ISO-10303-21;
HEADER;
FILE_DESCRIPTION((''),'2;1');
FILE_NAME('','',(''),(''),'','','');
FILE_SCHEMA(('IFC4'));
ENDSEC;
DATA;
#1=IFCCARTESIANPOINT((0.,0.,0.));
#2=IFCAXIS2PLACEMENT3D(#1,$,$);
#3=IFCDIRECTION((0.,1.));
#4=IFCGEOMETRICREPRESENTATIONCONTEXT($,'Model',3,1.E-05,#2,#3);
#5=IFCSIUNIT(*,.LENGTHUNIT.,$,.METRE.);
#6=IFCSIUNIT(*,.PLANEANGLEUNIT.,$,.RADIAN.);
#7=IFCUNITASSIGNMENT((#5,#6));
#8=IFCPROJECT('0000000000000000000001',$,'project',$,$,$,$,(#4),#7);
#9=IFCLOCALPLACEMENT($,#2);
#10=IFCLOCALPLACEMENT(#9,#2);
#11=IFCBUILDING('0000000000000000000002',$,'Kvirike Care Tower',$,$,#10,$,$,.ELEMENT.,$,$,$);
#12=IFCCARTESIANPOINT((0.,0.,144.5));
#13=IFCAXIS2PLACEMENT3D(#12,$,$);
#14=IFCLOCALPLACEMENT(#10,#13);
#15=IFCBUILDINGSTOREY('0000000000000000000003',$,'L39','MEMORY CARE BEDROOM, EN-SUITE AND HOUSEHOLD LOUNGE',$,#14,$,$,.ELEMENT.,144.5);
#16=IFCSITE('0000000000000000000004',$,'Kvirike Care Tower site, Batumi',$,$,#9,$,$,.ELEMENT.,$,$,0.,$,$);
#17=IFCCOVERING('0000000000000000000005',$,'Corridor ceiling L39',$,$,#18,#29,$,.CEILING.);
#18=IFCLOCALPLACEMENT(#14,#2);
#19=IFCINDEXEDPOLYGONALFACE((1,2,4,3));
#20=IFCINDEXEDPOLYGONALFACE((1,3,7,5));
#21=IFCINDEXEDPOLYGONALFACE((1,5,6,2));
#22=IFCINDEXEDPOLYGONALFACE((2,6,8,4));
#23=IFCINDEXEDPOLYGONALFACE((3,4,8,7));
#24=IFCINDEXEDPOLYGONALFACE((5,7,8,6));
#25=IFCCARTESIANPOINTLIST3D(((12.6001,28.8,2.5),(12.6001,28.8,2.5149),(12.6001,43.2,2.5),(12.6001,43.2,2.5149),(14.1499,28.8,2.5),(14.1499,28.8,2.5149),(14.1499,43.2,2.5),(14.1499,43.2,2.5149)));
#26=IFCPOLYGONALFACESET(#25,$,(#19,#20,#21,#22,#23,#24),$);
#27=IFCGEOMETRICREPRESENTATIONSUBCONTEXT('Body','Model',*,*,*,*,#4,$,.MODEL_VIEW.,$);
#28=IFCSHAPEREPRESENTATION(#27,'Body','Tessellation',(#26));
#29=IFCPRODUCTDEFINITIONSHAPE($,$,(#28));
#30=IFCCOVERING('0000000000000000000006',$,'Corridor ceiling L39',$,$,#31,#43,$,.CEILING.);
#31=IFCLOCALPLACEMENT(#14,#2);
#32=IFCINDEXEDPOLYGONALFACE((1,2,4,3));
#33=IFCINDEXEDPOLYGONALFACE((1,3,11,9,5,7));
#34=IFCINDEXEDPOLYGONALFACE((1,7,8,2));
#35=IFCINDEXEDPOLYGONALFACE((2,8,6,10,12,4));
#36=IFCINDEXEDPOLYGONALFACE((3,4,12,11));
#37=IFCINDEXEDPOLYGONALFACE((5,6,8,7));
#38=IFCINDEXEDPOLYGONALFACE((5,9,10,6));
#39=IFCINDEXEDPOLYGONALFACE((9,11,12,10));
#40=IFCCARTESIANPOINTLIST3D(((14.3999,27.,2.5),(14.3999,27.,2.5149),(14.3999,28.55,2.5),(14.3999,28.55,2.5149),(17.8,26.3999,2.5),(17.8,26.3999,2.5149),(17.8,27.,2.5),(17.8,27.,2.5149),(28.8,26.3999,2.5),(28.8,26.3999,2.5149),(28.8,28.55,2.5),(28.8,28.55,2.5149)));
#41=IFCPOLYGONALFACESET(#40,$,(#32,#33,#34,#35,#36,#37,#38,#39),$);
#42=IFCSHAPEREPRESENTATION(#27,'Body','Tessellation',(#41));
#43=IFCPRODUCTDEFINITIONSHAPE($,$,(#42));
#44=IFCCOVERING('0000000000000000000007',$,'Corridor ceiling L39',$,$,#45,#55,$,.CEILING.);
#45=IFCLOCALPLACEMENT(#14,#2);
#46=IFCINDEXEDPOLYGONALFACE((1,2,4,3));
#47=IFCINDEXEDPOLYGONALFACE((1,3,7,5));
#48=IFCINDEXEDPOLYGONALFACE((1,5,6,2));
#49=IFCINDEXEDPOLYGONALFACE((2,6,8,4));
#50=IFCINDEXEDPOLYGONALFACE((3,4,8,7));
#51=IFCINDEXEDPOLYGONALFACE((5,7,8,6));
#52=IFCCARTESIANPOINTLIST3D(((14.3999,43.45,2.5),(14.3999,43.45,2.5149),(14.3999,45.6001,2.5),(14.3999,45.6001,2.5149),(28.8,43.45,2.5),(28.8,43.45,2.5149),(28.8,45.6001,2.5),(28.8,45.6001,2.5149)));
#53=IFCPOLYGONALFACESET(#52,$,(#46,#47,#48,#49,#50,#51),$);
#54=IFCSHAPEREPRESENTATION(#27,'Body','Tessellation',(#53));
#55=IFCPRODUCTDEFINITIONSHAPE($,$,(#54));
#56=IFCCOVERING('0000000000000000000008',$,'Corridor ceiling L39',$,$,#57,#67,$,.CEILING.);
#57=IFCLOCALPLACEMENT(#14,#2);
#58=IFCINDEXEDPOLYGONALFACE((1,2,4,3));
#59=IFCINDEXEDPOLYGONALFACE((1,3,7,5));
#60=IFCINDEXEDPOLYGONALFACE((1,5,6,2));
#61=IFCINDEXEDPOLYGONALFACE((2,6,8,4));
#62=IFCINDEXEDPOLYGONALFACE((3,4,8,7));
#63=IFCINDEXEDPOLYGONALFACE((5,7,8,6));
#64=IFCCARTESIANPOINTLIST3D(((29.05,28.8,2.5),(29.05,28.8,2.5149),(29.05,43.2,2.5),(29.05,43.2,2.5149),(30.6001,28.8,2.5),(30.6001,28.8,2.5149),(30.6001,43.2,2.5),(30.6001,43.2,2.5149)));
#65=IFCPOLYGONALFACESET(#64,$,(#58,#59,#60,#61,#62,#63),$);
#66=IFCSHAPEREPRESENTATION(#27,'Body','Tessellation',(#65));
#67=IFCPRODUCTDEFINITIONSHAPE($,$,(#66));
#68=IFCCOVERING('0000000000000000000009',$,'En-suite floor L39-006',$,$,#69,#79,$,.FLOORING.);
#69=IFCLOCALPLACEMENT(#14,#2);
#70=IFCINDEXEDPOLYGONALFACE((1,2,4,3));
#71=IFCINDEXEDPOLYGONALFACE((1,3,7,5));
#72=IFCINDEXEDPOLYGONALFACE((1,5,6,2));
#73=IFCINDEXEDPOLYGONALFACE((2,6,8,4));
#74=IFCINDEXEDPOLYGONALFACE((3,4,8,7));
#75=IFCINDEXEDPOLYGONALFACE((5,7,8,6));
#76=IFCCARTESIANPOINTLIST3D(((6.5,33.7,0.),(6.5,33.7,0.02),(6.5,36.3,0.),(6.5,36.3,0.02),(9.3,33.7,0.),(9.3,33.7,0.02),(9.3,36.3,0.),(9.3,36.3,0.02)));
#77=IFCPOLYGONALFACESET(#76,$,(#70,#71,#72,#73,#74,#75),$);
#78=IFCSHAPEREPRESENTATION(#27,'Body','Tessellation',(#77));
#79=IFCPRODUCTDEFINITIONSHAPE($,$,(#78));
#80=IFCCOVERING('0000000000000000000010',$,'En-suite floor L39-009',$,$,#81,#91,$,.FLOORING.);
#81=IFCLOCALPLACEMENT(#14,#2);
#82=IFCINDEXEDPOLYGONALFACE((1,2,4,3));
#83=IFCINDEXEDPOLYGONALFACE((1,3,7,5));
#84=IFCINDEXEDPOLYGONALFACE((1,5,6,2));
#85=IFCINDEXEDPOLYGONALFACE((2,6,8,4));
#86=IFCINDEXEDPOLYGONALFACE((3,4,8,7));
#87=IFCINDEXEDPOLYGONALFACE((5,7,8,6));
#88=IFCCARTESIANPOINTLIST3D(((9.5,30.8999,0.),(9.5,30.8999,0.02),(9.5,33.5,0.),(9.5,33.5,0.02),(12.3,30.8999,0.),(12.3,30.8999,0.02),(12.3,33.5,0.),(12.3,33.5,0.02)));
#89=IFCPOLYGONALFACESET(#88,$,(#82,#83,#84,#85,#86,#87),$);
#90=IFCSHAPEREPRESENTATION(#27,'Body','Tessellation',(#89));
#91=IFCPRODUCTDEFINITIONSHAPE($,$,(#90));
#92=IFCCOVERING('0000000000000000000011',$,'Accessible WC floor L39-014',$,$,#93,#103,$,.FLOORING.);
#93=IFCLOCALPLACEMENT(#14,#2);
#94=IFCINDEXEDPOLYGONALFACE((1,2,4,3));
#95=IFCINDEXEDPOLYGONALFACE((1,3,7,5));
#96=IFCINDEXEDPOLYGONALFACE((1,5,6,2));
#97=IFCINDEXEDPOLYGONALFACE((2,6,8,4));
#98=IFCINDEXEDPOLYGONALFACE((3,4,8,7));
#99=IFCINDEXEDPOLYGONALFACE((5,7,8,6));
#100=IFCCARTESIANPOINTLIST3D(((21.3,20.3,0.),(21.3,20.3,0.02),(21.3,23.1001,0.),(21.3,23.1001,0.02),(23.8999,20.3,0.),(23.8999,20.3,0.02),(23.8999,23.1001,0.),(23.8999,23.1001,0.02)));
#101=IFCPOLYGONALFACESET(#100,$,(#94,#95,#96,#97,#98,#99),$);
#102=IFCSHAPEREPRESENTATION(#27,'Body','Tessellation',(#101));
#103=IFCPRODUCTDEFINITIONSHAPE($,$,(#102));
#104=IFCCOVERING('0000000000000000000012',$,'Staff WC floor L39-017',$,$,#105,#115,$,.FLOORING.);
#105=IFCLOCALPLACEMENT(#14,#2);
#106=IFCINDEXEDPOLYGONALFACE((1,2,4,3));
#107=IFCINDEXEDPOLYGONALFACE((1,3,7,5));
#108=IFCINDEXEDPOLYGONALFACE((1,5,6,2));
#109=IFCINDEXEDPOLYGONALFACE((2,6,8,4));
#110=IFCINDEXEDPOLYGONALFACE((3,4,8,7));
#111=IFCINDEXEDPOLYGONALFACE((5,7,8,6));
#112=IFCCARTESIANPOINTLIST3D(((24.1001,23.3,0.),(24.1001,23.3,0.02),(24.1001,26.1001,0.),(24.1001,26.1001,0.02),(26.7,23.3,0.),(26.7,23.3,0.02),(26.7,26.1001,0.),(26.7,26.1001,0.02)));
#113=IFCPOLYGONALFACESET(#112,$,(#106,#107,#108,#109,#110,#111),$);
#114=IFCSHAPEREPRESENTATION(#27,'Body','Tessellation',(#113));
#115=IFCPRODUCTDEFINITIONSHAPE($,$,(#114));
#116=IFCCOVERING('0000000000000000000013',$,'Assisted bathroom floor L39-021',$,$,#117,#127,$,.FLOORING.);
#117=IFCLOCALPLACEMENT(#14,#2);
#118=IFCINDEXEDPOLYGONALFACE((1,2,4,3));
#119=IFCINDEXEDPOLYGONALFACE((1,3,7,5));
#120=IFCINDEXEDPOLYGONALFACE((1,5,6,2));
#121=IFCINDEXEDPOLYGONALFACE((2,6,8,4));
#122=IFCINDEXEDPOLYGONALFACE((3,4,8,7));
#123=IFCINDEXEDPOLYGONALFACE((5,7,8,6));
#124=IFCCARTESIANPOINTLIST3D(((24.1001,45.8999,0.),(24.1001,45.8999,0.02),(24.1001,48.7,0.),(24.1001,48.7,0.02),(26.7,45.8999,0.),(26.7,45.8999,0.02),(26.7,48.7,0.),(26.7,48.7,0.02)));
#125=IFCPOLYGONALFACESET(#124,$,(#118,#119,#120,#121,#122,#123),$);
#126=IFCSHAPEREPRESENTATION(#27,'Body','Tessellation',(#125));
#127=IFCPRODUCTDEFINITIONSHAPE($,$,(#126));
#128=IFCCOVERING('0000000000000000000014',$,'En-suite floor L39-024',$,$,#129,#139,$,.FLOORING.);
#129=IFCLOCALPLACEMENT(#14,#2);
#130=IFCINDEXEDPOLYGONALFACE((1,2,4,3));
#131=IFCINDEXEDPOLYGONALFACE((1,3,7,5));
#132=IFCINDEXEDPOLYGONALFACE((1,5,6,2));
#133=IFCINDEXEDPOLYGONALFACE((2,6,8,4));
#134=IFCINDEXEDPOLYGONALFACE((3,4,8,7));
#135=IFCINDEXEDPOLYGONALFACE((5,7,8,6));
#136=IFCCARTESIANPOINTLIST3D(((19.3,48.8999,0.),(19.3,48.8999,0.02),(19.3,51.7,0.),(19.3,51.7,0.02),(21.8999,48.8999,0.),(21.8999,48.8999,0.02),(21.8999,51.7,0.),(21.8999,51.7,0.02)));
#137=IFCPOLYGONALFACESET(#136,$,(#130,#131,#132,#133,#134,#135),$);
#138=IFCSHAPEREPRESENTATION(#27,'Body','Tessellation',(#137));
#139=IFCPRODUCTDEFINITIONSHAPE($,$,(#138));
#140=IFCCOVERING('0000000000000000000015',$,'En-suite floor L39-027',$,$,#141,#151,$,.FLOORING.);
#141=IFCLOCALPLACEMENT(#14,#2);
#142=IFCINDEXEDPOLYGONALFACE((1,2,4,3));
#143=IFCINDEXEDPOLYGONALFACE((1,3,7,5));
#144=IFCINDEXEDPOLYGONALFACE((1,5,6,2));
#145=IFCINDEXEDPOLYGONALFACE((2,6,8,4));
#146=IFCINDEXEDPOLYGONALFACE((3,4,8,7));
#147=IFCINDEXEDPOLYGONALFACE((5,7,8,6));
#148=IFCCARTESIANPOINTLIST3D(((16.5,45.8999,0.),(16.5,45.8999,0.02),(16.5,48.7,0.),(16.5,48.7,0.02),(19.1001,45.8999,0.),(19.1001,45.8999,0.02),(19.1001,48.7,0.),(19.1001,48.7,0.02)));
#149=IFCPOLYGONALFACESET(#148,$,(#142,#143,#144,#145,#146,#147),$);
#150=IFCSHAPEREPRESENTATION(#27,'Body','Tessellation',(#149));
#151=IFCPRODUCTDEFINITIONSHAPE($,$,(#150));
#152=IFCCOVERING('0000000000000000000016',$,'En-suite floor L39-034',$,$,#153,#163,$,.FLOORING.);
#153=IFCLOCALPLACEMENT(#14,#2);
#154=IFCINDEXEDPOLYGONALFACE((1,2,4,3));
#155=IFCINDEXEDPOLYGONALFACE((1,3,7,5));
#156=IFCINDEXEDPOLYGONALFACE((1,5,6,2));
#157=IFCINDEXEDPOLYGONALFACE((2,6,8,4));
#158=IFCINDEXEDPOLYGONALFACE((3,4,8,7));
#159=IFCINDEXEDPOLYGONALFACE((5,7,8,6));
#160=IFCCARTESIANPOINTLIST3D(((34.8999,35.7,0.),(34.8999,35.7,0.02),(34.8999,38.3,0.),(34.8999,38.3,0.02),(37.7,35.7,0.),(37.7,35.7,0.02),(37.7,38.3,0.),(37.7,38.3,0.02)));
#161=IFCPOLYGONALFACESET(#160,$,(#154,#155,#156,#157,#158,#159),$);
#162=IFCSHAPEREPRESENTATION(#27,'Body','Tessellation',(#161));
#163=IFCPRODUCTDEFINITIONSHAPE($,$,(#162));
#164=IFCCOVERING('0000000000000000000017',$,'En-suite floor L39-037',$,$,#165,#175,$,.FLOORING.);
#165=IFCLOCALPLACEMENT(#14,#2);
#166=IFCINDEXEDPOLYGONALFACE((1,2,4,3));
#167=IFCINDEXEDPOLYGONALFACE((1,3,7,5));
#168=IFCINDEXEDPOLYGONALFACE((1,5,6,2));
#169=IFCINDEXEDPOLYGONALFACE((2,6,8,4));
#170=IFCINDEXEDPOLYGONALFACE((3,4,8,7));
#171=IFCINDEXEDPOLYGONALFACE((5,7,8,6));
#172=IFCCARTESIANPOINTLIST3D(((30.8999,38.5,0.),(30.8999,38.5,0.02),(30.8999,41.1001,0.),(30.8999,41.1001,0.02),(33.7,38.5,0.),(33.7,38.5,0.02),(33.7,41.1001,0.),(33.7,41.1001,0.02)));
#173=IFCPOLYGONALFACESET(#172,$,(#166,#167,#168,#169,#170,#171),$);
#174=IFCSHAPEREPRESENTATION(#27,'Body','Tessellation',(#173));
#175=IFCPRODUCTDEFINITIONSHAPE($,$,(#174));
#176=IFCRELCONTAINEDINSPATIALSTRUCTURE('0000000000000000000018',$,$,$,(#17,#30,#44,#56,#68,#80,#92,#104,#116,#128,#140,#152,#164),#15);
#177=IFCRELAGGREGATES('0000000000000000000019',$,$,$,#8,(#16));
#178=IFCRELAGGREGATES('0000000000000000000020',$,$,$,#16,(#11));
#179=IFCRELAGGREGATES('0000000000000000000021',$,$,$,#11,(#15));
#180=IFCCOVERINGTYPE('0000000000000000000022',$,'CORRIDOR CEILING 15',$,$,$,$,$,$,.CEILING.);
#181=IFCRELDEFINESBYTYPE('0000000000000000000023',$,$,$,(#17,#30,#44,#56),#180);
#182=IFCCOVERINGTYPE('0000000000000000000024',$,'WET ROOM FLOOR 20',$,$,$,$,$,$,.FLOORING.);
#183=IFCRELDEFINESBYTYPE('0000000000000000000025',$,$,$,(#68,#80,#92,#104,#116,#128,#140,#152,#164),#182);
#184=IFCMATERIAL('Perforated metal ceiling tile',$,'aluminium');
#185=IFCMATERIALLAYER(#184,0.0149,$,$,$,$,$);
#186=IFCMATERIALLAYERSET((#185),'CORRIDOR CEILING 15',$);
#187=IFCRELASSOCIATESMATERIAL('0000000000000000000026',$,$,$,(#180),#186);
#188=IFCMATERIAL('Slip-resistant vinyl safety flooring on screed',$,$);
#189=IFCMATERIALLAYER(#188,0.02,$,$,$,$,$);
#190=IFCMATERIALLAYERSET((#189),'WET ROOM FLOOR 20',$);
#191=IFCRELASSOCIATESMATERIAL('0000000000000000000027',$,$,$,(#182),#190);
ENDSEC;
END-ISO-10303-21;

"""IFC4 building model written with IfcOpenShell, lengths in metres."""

from ifc_helpers import new_model, si_unit, direction, frame, origin, place, context, subcontext, project, spatial, polyline, outline, extrude, material, layer, layer_set, type_object, element, save


model = new_model("IFC4")

# Units and contexts
model_context = context("Model", 3, precision=1e-05, world=origin(), true_north=direction((0.0, 1.0)))
body_context = subcontext(model_context, "Body", "Model", "MODEL_VIEW")
ifc_project = project(units=[si_unit("LENGTHUNIT", "METRE"), si_unit("PLANEANGLEUNIT", "RADIAN")], contexts=[model_context])

# Site, building, storey
site_placement = place(None, origin())
site = spatial("IfcSite", under=ifc_project, at=site_placement, Name="Kvirike Care Tower site, Batumi", CompositionType="ELEMENT", RefElevation=0.0)
building_placement = place(site_placement, origin())
building = spatial("IfcBuilding", under=site, at=building_placement, Name="Kvirike Care Tower", CompositionType="ELEMENT")
storey_placement = place(building_placement, frame((0.0, 0.0, 144.5)))
storey = spatial("IfcBuildingStorey", under=building, at=storey_placement, Name="L39", Description="MEMORY CARE BEDROOM, EN-SUITE AND HOUSEHOLD LOUNGE", CompositionType="ELEMENT", Elevation=144.5)

# Coverings
ifc_material_1 = material(Name="Perforated metal ceiling tile", Category="aluminium")
ifc_layer_1 = layer(ifc_material_1, 0.0149)
ifc_layer_set_1 = layer_set([ifc_layer_1], Name="CORRIDOR CEILING 15")
covering_type_1 = type_object("IfcCoveringType", Name="CORRIDOR CEILING 15", PredefinedType="CEILING", material=ifc_layer_set_1)
covering_1_placement = place(storey_placement, frame((0.0, 0.0, 2.5)))
element("IfcCovering", 1, at=covering_1_placement, inside=storey, type_object=covering_type_1, Name="Corridor ceiling L39", PredefinedType="CEILING", context=body_context, shape_type="SweptSolid", body=[
    extrude(outline(polyline([(12.6001, 43.2), (14.1499, 43.2), (14.1499, 28.8), (12.6001, 28.8), (12.6001, 43.2)])), origin(), (0.0, 0.0, 1.0), 0.0149),
])
covering_2_placement = place(storey_placement, frame((0.0, 0.0, 2.5)))
element("IfcCovering", 2, at=covering_2_placement, inside=storey, type_object=covering_type_1, Name="Corridor ceiling L39", PredefinedType="CEILING", context=body_context, shape_type="SweptSolid", body=[
    extrude(outline(polyline([(14.3999, 28.55), (28.8, 28.55), (28.8, 26.3999), (17.8, 26.3999), (17.8, 27.0), (14.3999, 27.0), (14.3999, 28.55)])), origin(), (0.0, 0.0, 1.0), 0.0149),
])
covering_3_placement = place(storey_placement, frame((0.0, 0.0, 2.5)))
element("IfcCovering", 3, at=covering_3_placement, inside=storey, type_object=covering_type_1, Name="Corridor ceiling L39", PredefinedType="CEILING", context=body_context, shape_type="SweptSolid", body=[
    extrude(outline(polyline([(28.8, 45.6001), (28.8, 43.45), (14.3999, 43.45), (14.3999, 45.6001), (28.8, 45.6001)])), origin(), (0.0, 0.0, 1.0), 0.0149),
])
covering_4_placement = place(storey_placement, frame((0.0, 0.0, 2.5)))
element("IfcCovering", 4, at=covering_4_placement, inside=storey, type_object=covering_type_1, Name="Corridor ceiling L39", PredefinedType="CEILING", context=body_context, shape_type="SweptSolid", body=[
    extrude(outline(polyline([(30.6001, 28.8), (29.05, 28.8), (29.05, 43.2), (30.6001, 43.2), (30.6001, 28.8)])), origin(), (0.0, 0.0, 1.0), 0.0149),
])
ifc_material_2 = material(Name="Slip-resistant vinyl safety flooring on screed")
ifc_layer_2 = layer(ifc_material_2, 0.02)
ifc_layer_set_2 = layer_set([ifc_layer_2], Name="WET ROOM FLOOR 20")
covering_type_2 = type_object("IfcCoveringType", Name="WET ROOM FLOOR 20", PredefinedType="FLOORING", material=ifc_layer_set_2)
covering_5_placement = place(storey_placement, origin())
element("IfcCovering", 5, at=covering_5_placement, inside=storey, type_object=covering_type_2, Name="En-suite floor L39-006", PredefinedType="FLOORING", context=body_context, shape_type="SweptSolid", body=[
    extrude(outline(polyline([(6.5, 36.3), (9.3, 36.3), (9.3, 33.7), (6.5, 33.7), (6.5, 36.3)])), origin(), (0.0, 0.0, 1.0), 0.02),
])
covering_6_placement = place(storey_placement, origin())
element("IfcCovering", 6, at=covering_6_placement, inside=storey, type_object=covering_type_2, Name="En-suite floor L39-009", PredefinedType="FLOORING", context=body_context, shape_type="SweptSolid", body=[
    extrude(outline(polyline([(9.5, 33.5), (12.3, 33.5), (12.3, 30.8999), (9.5, 30.8999), (9.5, 33.5)])), origin(), (0.0, 0.0, 1.0), 0.02),
])
covering_7_placement = place(storey_placement, origin())
element("IfcCovering", 7, at=covering_7_placement, inside=storey, type_object=covering_type_2, Name="Accessible WC floor L39-014", PredefinedType="FLOORING", context=body_context, shape_type="SweptSolid", body=[
    extrude(outline(polyline([(21.3, 20.3), (21.3, 23.1001), (23.8999, 23.1001), (23.8999, 20.3), (21.3, 20.3)])), origin(), (0.0, 0.0, 1.0), 0.02),
])
covering_8_placement = place(storey_placement, origin())
element("IfcCovering", 8, at=covering_8_placement, inside=storey, type_object=covering_type_2, Name="Staff WC floor L39-017", PredefinedType="FLOORING", context=body_context, shape_type="SweptSolid", body=[
    extrude(outline(polyline([(24.1001, 23.3), (24.1001, 26.1001), (26.7, 26.1001), (26.7, 23.3), (24.1001, 23.3)])), origin(), (0.0, 0.0, 1.0), 0.02),
])
covering_9_placement = place(storey_placement, origin())
element("IfcCovering", 9, at=covering_9_placement, inside=storey, type_object=covering_type_2, Name="Assisted bathroom floor L39-021", PredefinedType="FLOORING", context=body_context, shape_type="SweptSolid", body=[
    extrude(outline(polyline([(26.7, 48.7), (26.7, 45.8999), (24.1001, 45.8999), (24.1001, 48.7), (26.7, 48.7)])), origin(), (0.0, 0.0, 1.0), 0.02),
])
covering_10_placement = place(storey_placement, origin())
element("IfcCovering", 10, at=covering_10_placement, inside=storey, type_object=covering_type_2, Name="En-suite floor L39-024", PredefinedType="FLOORING", context=body_context, shape_type="SweptSolid", body=[
    extrude(outline(polyline([(21.8999, 51.7), (21.8999, 48.8999), (19.3, 48.8999), (19.3, 51.7), (21.8999, 51.7)])), origin(), (0.0, 0.0, 1.0), 0.02),
])
covering_11_placement = place(storey_placement, origin())
element("IfcCovering", 11, at=covering_11_placement, inside=storey, type_object=covering_type_2, Name="En-suite floor L39-027", PredefinedType="FLOORING", context=body_context, shape_type="SweptSolid", body=[
    extrude(outline(polyline([(19.1001, 48.7), (19.1001, 45.8999), (16.5, 45.8999), (16.5, 48.7), (19.1001, 48.7)])), origin(), (0.0, 0.0, 1.0), 0.02),
])
covering_12_placement = place(storey_placement, origin())
element("IfcCovering", 12, at=covering_12_placement, inside=storey, type_object=covering_type_2, Name="En-suite floor L39-034", PredefinedType="FLOORING", context=body_context, shape_type="SweptSolid", body=[
    extrude(outline(polyline([(37.7, 35.7), (34.8999, 35.7), (34.8999, 38.3), (37.7, 38.3), (37.7, 35.7)])), origin(), (0.0, 0.0, 1.0), 0.02),
])
covering_13_placement = place(storey_placement, origin())
element("IfcCovering", 13, at=covering_13_placement, inside=storey, type_object=covering_type_2, Name="En-suite floor L39-037", PredefinedType="FLOORING", context=body_context, shape_type="SweptSolid", body=[
    extrude(outline(polyline([(33.7, 38.5), (30.8999, 38.5), (30.8999, 41.1001), (33.7, 41.1001), (33.7, 38.5)])), origin(), (0.0, 0.0, 1.0), 0.02),
])

save(model, "model.ifc")
